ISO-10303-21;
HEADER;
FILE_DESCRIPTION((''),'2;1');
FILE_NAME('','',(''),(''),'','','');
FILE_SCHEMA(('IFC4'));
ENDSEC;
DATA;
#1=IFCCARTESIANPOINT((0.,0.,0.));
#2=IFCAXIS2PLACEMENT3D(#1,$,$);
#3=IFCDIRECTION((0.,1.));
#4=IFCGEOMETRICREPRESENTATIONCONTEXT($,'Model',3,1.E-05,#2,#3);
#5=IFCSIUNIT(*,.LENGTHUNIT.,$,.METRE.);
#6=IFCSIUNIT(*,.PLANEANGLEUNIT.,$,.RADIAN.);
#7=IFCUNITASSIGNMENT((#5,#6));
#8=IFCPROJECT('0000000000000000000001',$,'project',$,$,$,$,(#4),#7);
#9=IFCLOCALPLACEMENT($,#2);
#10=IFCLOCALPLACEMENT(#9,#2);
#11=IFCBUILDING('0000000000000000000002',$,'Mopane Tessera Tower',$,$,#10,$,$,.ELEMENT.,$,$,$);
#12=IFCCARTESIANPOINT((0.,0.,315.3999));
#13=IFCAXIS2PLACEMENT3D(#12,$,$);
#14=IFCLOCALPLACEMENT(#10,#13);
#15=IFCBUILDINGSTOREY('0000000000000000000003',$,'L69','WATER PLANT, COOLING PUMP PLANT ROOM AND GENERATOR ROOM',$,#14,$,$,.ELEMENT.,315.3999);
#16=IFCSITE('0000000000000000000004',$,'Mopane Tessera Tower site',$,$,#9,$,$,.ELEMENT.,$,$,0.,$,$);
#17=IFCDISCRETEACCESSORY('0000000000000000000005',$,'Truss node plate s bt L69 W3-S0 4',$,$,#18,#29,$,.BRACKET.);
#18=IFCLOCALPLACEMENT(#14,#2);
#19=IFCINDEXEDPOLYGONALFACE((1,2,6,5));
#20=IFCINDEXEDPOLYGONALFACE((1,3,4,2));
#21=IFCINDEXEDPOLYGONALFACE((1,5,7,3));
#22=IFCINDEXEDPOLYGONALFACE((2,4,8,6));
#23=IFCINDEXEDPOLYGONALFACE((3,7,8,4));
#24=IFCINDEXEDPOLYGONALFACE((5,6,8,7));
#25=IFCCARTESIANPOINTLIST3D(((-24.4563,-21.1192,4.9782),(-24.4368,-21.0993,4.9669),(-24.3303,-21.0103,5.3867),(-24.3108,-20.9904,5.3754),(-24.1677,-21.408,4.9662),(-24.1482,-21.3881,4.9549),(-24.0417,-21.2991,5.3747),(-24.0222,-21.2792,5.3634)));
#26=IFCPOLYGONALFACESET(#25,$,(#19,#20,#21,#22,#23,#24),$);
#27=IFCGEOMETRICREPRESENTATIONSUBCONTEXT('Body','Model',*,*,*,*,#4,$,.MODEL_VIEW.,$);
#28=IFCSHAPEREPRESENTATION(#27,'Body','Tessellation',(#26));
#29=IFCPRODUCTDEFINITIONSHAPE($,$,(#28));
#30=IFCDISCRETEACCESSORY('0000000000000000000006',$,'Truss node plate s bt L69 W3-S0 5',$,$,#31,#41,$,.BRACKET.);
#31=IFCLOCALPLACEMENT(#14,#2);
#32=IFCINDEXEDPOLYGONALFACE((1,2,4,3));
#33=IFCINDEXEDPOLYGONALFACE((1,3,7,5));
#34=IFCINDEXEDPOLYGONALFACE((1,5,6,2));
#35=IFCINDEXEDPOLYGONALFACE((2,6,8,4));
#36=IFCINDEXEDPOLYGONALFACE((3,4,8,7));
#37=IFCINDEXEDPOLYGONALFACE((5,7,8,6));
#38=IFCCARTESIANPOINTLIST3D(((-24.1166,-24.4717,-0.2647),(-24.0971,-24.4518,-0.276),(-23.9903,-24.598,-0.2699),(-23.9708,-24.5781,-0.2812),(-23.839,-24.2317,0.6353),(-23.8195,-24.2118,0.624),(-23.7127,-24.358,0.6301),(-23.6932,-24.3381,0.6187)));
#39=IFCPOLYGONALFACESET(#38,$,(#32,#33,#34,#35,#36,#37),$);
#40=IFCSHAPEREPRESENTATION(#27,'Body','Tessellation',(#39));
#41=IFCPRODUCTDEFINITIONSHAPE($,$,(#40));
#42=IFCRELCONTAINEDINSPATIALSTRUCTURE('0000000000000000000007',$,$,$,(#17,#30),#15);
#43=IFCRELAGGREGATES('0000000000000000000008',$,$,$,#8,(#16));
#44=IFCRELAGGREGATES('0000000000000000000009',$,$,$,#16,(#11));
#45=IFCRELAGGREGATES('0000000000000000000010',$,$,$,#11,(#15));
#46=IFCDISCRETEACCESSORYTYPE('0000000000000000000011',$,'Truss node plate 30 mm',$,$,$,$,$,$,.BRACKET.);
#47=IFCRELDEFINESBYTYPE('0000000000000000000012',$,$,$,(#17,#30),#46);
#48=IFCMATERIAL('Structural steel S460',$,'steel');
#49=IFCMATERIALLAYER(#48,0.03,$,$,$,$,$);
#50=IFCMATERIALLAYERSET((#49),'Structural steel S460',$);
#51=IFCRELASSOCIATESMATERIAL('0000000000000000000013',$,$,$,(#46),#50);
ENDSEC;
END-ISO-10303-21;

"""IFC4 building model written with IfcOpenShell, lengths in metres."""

from ifc_helpers import new_model, si_unit, direction, frame, origin, origin_2d, place, context, subcontext, project, spatial, rectangle, extrude, material, layer, layer_set, type_object, element, save


model = new_model("IFC4")

# Units and contexts
model_context = context("Model", 3, precision=1e-05, world=origin(), true_north=direction((0.0, 1.0)))
body_context = subcontext(model_context, "Body", "Model", "MODEL_VIEW")
ifc_project = project(units=[si_unit("LENGTHUNIT", "METRE"), si_unit("PLANEANGLEUNIT", "RADIAN")], contexts=[model_context])

# Site, building, storey
site_placement = place(None, origin())
site = spatial("IfcSite", under=ifc_project, at=site_placement, Name="Mopane Tessera Tower site", CompositionType="ELEMENT", RefElevation=0.0)
building_placement = place(site_placement, origin())
building = spatial("IfcBuilding", under=site, at=building_placement, Name="Mopane Tessera Tower", CompositionType="ELEMENT")
storey_placement = place(building_placement, frame((0.0, 0.0, 315.3999)))
storey = spatial("IfcBuildingStorey", under=building, at=storey_placement, Name="L69", Description="WATER PLANT, COOLING PUMP PLANT ROOM AND GENERATOR ROOM", CompositionType="ELEMENT", Elevation=315.3999)

# Discrete accessories
ifc_material_1 = material(Name="Structural steel S460", Category="steel")
ifc_layer_1 = layer(ifc_material_1, 0.03)
ifc_layer_set_1 = layer_set([ifc_layer_1], Name="Structural steel S460")
discrete_accessory_type = type_object("IfcDiscreteAccessoryType", Name="Truss node plate 30 mm", PredefinedType="BRACKET", material=ifc_layer_set_1)
discrete_accessory_1_placement = place(storey_placement, frame((-24.3022, -21.2537, 4.9666), z_axis=(0.285606, 0.246861, 0.926007), x_axis=(0.647481, 0.662663, -0.376359)))
element("IfcDiscreteAccessory", 1, at=discrete_accessory_1_placement, inside=storey, type_object=discrete_accessory_type, Name="Truss node plate s bt L69 W3-S0 4", PredefinedType="BRACKET", context=body_context, shape_type="SweptSolid", body=[
    extrude(rectangle(XDim=0.03, YDim=0.4084, at=origin_2d()), origin(), (0.0, 0.0, 1.0), 0.4412),
])
discrete_accessory_2_placement = place(storey_placement, frame((-24.0437, -24.5249, -0.2729), z_axis=(0.285631, 0.246944, 0.925977), x_axis=(0.647377, 0.662724, -0.376431)))
element("IfcDiscreteAccessory", 2, at=discrete_accessory_2_placement, inside=storey, type_object=discrete_accessory_type, Name="Truss node plate s bt L69 W3-S0 5", PredefinedType="BRACKET", context=body_context, shape_type="SweptSolid", body=[
    extrude(rectangle(XDim=0.03, YDim=0.1787, at=origin_2d()), origin(), (0.0, 0.0, 1.0), 0.9719),
])

save(model, "model.ifc")
